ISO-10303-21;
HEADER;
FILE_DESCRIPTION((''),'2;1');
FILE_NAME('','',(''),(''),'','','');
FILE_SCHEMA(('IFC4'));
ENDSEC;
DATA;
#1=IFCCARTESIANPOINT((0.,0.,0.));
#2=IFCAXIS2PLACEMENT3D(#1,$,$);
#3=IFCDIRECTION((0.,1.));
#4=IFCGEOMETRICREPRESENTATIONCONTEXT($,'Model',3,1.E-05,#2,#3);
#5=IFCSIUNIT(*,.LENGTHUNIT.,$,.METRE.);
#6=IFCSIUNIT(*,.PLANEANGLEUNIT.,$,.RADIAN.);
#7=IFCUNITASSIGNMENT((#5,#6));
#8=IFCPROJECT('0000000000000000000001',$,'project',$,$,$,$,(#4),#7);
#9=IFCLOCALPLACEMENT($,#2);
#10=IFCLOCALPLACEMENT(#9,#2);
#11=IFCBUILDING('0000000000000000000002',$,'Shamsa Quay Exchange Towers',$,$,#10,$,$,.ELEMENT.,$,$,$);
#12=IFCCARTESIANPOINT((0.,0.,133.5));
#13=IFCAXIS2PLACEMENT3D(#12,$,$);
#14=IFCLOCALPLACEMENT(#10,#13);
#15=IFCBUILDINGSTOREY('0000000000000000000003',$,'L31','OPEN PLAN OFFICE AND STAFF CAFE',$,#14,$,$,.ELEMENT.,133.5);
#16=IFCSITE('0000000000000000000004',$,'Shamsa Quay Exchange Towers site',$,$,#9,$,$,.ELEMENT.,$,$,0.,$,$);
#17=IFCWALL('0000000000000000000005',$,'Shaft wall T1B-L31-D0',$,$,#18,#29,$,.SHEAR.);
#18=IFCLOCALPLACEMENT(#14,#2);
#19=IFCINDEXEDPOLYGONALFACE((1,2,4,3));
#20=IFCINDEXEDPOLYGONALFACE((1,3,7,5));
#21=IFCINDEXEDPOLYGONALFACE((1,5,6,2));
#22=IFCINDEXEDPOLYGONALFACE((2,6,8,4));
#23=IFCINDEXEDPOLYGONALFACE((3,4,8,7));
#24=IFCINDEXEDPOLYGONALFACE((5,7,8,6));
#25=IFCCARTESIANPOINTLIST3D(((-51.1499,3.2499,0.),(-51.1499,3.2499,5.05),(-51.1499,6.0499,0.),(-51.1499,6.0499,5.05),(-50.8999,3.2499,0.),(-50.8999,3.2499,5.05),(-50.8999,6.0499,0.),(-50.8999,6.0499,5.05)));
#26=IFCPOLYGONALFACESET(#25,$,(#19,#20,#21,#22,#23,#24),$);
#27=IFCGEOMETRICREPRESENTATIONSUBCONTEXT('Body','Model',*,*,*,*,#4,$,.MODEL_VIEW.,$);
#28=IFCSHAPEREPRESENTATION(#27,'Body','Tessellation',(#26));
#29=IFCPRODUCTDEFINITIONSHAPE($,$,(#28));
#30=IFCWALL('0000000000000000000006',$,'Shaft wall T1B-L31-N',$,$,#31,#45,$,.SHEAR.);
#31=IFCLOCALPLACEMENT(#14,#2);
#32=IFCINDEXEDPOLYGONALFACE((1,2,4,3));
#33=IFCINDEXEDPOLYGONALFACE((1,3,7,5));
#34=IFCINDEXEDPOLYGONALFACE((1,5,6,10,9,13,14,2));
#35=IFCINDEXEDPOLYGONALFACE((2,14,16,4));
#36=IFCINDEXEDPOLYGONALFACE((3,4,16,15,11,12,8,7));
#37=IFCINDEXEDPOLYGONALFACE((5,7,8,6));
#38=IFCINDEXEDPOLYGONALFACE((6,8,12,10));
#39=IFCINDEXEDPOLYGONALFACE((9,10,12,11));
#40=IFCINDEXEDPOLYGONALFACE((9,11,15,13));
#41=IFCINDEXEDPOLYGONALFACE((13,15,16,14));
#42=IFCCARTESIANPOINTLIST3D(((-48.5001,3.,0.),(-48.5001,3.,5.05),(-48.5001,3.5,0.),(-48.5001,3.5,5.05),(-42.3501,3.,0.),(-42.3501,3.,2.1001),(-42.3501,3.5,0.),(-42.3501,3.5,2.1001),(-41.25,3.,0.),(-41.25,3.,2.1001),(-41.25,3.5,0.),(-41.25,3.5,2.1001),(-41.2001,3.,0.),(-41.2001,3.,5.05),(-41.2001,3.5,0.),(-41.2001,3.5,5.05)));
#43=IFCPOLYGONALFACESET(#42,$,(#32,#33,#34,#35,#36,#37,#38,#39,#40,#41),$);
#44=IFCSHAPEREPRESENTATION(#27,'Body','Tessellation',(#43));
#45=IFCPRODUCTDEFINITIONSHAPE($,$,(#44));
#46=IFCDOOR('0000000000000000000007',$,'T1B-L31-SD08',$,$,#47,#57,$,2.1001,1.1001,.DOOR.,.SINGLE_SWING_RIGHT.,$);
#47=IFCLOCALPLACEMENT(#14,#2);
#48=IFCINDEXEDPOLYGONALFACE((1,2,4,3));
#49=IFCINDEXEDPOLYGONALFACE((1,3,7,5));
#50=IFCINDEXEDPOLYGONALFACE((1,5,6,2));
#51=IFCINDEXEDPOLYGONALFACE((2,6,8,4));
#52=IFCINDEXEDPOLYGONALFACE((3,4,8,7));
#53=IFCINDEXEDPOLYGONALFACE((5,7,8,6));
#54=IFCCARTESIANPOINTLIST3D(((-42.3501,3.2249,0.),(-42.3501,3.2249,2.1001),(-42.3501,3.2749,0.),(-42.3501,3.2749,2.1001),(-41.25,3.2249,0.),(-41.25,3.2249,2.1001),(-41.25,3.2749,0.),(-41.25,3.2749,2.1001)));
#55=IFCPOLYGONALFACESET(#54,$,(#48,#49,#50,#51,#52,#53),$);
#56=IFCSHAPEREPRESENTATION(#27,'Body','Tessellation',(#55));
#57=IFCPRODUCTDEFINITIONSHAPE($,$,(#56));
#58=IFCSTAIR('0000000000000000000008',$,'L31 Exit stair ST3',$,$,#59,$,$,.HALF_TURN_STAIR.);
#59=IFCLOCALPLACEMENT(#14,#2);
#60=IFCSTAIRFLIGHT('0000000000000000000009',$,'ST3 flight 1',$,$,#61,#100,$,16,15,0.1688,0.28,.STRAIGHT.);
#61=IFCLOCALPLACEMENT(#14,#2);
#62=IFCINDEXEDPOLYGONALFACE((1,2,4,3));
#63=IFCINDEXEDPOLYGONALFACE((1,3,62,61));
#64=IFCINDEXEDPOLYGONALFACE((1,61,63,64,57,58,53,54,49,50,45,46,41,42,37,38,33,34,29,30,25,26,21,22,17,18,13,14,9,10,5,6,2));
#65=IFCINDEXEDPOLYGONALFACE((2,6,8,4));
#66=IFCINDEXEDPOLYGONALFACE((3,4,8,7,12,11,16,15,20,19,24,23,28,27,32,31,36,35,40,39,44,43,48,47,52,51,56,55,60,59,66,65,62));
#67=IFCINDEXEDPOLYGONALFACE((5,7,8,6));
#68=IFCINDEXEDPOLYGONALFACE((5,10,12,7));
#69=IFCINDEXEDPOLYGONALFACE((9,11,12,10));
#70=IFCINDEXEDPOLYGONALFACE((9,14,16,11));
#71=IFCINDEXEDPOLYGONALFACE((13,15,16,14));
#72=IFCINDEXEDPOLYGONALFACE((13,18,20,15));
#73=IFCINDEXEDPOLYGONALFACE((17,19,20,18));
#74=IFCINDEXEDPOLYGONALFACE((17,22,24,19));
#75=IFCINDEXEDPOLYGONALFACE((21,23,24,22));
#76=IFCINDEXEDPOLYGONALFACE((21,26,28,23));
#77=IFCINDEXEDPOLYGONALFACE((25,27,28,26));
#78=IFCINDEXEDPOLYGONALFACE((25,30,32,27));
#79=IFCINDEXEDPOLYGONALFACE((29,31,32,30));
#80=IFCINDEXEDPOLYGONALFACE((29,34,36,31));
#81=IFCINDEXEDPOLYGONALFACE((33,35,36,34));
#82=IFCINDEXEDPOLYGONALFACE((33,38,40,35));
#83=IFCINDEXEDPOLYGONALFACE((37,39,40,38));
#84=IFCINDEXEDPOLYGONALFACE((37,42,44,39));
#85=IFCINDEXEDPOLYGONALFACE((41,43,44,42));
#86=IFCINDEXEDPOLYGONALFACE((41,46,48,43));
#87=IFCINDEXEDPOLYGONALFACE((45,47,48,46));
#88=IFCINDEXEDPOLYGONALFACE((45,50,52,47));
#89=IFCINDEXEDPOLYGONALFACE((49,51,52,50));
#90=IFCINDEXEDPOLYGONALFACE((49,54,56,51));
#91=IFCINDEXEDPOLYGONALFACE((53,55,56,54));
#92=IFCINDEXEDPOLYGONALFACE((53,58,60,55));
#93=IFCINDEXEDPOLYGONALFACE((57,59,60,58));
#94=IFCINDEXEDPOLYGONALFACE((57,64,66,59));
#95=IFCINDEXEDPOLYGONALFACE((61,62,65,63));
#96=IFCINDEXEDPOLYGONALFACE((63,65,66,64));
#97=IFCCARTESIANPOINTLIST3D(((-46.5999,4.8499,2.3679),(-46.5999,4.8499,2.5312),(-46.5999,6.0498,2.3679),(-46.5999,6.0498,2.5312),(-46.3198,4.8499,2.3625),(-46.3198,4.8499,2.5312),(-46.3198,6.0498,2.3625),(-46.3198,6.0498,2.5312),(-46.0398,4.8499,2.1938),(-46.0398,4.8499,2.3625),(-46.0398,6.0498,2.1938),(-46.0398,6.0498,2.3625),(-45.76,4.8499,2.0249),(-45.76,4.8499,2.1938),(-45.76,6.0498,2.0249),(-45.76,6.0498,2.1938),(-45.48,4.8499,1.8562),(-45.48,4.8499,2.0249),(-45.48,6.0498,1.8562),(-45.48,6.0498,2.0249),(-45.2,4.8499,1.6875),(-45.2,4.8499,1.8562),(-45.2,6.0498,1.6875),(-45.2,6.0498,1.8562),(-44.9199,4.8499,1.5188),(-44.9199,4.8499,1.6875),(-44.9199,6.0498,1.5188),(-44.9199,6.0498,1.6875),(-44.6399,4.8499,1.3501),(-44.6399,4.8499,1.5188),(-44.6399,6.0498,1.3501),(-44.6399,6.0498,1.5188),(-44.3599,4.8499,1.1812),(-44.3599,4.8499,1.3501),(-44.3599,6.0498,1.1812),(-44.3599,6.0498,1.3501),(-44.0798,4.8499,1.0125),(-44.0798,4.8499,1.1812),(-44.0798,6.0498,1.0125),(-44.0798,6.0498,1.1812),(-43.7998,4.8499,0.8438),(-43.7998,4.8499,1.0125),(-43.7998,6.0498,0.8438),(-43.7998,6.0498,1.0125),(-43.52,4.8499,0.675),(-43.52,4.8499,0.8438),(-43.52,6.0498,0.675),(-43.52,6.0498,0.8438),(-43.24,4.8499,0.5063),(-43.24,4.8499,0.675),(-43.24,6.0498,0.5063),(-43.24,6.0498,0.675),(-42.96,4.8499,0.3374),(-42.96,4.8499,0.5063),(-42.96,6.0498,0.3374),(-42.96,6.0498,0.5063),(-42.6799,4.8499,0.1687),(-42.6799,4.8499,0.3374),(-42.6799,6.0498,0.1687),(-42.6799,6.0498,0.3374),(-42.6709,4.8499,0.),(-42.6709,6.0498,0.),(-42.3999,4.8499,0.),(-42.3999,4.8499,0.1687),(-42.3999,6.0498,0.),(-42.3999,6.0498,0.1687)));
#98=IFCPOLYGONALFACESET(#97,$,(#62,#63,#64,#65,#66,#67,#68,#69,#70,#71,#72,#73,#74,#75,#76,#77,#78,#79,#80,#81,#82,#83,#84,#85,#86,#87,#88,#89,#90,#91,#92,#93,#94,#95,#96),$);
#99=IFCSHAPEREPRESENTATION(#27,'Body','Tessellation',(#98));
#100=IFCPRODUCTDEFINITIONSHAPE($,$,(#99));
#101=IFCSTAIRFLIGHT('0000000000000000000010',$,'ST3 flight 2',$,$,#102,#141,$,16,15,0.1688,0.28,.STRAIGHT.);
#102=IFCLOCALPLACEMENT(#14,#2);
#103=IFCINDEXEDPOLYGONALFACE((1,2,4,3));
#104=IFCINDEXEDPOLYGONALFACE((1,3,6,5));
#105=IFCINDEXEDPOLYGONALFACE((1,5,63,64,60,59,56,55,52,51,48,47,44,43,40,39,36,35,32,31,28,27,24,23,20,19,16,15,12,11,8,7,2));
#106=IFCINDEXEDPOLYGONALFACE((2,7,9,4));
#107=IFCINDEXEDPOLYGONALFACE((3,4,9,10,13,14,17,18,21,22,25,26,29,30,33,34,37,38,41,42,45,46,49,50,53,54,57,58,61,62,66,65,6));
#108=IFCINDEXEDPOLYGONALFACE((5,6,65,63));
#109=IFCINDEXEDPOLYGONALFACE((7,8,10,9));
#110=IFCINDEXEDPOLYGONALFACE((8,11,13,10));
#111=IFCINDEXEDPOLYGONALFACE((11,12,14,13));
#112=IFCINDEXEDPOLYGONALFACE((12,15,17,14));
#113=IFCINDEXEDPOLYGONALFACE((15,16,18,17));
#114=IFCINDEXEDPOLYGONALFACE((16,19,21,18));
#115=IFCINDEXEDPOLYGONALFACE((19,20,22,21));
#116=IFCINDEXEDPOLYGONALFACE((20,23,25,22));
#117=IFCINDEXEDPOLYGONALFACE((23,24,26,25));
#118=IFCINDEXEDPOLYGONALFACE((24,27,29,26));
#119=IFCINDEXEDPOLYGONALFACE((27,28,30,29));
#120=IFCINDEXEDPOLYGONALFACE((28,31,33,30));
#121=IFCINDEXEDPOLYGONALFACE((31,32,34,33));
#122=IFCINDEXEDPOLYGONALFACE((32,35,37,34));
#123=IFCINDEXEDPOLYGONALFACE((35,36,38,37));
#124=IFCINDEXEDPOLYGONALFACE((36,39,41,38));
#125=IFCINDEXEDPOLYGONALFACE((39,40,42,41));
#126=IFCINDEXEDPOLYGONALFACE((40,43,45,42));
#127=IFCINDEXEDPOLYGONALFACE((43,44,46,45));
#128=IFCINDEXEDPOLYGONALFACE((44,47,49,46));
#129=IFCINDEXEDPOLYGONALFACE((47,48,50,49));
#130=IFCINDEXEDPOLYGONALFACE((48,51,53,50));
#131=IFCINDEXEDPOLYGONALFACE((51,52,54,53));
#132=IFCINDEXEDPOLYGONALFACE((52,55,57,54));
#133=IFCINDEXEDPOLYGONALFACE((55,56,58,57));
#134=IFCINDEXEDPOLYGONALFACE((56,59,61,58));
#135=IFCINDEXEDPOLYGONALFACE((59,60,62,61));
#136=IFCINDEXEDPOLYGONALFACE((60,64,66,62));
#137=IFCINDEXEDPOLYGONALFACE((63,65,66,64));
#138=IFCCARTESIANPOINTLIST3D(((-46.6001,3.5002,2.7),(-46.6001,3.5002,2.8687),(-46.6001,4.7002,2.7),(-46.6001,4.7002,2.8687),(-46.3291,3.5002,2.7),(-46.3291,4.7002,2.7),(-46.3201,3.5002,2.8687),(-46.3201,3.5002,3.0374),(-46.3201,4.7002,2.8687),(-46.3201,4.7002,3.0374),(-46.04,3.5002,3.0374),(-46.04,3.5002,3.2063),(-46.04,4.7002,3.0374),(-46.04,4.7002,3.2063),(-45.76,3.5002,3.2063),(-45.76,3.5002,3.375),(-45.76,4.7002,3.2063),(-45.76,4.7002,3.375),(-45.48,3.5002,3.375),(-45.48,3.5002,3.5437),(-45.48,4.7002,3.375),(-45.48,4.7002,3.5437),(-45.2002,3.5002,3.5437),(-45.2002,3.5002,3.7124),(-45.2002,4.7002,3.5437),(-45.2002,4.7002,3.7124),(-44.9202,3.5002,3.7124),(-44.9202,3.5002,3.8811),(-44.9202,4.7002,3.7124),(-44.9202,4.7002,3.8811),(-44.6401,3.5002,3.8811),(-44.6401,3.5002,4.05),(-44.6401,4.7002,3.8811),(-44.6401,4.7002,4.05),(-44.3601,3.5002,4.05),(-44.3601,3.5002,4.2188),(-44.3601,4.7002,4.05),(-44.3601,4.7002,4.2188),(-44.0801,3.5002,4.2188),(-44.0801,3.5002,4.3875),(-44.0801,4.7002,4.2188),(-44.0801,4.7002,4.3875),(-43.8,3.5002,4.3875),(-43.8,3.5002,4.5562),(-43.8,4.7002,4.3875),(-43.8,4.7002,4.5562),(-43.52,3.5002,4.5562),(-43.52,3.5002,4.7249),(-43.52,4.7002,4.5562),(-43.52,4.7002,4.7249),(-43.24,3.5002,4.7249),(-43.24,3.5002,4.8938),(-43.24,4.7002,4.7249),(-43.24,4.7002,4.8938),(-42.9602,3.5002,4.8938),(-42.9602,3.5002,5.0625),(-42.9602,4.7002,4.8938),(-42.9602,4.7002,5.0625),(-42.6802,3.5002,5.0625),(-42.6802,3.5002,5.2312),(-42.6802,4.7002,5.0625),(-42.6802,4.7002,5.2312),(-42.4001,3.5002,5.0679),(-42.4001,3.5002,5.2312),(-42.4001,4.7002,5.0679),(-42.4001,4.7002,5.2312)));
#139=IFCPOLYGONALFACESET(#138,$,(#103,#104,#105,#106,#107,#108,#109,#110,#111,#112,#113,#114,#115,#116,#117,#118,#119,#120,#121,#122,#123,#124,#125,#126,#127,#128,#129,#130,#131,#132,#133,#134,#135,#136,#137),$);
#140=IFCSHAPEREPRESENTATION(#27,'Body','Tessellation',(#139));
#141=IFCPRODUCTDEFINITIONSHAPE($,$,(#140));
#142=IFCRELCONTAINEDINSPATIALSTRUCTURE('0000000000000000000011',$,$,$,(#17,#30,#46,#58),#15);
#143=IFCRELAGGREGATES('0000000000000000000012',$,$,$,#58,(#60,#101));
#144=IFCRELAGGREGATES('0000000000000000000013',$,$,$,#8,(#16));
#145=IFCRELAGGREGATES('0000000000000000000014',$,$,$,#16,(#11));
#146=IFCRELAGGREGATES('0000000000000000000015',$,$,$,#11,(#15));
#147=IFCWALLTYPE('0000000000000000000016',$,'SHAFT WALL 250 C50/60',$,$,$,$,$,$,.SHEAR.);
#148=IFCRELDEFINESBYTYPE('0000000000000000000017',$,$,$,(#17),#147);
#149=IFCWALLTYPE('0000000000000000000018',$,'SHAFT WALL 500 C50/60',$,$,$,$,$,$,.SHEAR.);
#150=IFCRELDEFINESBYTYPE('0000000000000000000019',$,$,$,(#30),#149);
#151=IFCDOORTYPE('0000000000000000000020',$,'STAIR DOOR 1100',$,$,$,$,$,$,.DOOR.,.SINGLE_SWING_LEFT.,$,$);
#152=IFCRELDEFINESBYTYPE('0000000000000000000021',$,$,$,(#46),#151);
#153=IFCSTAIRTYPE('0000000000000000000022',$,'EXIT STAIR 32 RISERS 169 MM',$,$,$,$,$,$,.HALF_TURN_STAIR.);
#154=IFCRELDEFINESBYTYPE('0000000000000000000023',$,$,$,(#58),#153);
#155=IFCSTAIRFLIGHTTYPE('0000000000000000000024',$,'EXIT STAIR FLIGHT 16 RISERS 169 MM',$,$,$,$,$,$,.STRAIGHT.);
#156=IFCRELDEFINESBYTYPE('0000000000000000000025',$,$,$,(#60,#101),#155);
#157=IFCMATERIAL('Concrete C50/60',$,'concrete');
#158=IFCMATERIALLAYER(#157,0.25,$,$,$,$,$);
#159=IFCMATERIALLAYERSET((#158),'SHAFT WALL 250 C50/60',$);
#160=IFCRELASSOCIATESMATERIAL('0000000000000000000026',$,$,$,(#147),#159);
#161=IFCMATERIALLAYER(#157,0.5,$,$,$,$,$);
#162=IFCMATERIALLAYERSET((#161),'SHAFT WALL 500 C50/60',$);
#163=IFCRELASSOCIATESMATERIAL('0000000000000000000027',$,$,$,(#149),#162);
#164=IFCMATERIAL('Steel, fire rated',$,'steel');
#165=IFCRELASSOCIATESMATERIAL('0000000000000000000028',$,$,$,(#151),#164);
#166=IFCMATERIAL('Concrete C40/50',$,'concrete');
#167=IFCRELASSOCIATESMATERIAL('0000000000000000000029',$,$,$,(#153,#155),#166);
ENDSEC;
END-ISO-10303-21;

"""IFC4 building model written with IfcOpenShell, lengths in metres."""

from ifc_helpers import new_model, si_unit, direction, frame, frame_2d, origin, place, context, subcontext, project, spatial, polyline, rectangle, outline, extrude, material, layer, layer_set, type_object, element, fill, aggregate, save


model = new_model("IFC4")

# Units and contexts
model_context = context("Model", 3, precision=1e-05, world=origin(), true_north=direction((0.0, 1.0)))
body_context = subcontext(model_context, "Body", "Model", "MODEL_VIEW")
ifc_project = project(units=[si_unit("LENGTHUNIT", "METRE"), si_unit("PLANEANGLEUNIT", "RADIAN")], contexts=[model_context])

# Site, building, storey
site_placement = place(None, origin())
site = spatial("IfcSite", under=ifc_project, at=site_placement, Name="Shamsa Quay Exchange Towers site", CompositionType="ELEMENT", RefElevation=0.0)
building_placement = place(site_placement, origin())
building = spatial("IfcBuilding", under=site, at=building_placement, Name="Shamsa Quay Exchange Towers", CompositionType="ELEMENT")
storey_placement = place(building_placement, frame((0.0, 0.0, 133.5)))
storey = spatial("IfcBuildingStorey", under=building, at=storey_placement, Name="L31", Description="OPEN PLAN OFFICE AND STAFF CAFE", CompositionType="ELEMENT", Elevation=133.5)

# Shared definitions
ifc_material_1 = material(Name="Concrete C50/60", Category="concrete")
ifc_layer_1 = layer(ifc_material_1, 0.25)
ifc_layer_set_1 = layer_set([ifc_layer_1], Name="SHAFT WALL 250 C50/60")
wall_type_1 = type_object("IfcWallType", Name="SHAFT WALL 250 C50/60", PredefinedType="SHEAR", material=ifc_layer_set_1)
ifc_material_2 = material(Name="Steel, fire rated", Category="steel")

# Wall
for number, where, z_axis, x_axis, name in (
    (1, (-51.0249, 3.25, 0.0), (0.0, 0.0, 1.0), (0.0, 1.0, 0.0), "Shaft wall T1B-L31-D0"),
):
    element("IfcWall", number, at=place(storey_placement, frame(where, z_axis=z_axis, x_axis=x_axis)), inside=storey, type_object=wall_type_1, Name=name, PredefinedType="SHEAR", context=body_context, shape_type="SweptSolid", body=[
        extrude(rectangle(XDim=2.8, YDim=0.25, at=frame_2d((1.3999, 0.0))), origin(), (0.0, 0.0, 1.0), 5.05),
    ])

# Wall, opening, door
ifc_layer_2 = layer(ifc_material_1, 0.5)
ifc_layer_set_2 = layer_set([ifc_layer_2], Name="SHAFT WALL 500 C50/60")
wall_type_2 = type_object("IfcWallType", Name="SHAFT WALL 500 C50/60", PredefinedType="SHEAR", material=ifc_layer_set_2)
wall_1_placement = place(storey_placement, frame((-48.5, 3.25, 0.0)))
wall_1 = element("IfcWall", 2, at=wall_1_placement, inside=storey, type_object=wall_type_2, Name="Shaft wall T1B-L31-N", PredefinedType="SHEAR", context=body_context, shape_type="SweptSolid", body=[
    extrude(rectangle(XDim=7.3, YDim=0.5, at=frame_2d((3.6499, 0.0))), origin(), (0.0, 0.0, 1.0), 5.05),
])
opening_1_placement = place(wall_1_placement, frame((6.1499, 0.0, 0.0)))
opening_1 = element("IfcOpeningElement", 3, at=opening_1_placement, cuts=wall_1, PredefinedType="OPENING", context=body_context, shape_type="SweptSolid", body=[
    extrude(rectangle(XDim=1.1001, YDim=2.1001, at=frame_2d((0.55, 1.05))), frame((0.0, 0.26, 0.0), z_axis=(0.0, -1.0, 0.0), x_axis=(1.0, 0.0, 0.0)), (0.0, 0.0, 1.0), 0.52),
])
door_type_1 = type_object("IfcDoorType", Name="STAIR DOOR 1100", OperationType="SINGLE_SWING_LEFT", PredefinedType="DOOR", material=ifc_material_2)
door_1_placement = place(opening_1_placement, origin())
door_1 = element("IfcDoor", 4, at=door_1_placement, inside=storey, type_object=door_type_1, Name="T1B-L31-SD08", OperationType="SINGLE_SWING_RIGHT", OverallHeight=2.1001, OverallWidth=1.1001, PredefinedType="DOOR", context=body_context, shape_type="SweptSolid", body=[
    extrude(rectangle(XDim=1.1001, YDim=2.1001, at=frame_2d((0.55, 1.05))), frame((0.0, 0.0249, 0.0), z_axis=(0.0, -1.0, 0.0), x_axis=(1.0, 0.0, 0.0)), (0.0, 0.0, 1.0), 0.05),
])
fill(opening_1, door_1)

# Stair, stair flights
ifc_material_3 = material(Name="Concrete C40/50", Category="concrete")
stair_type = type_object("IfcStairType", Name="EXIT STAIR 32 RISERS 169 MM", PredefinedType="HALF_TURN_STAIR", material=ifc_material_3)
stair_placement = place(storey_placement, origin())
stair = element("IfcStair", 5, at=stair_placement, inside=storey, type_object=stair_type, Name="L31 Exit stair ST3", PredefinedType="HALF_TURN_STAIR")
stair_flight_type = type_object("IfcStairFlightType", Name="EXIT STAIR FLIGHT 16 RISERS 169 MM", PredefinedType="STRAIGHT", material=ifc_material_3)
stair_flight_1_placement = place(storey_placement, frame((-42.3999, 5.45, 0.0), z_axis=(0.0, 0.0, 1.0), x_axis=(-1.0, 0.0, 0.0)))
stair_flight_1 = element("IfcStairFlight", 6, at=stair_flight_1_placement, type_object=stair_flight_type, Name="ST3 flight 1", NumberOfRisers=16, NumberOfTreads=15, PredefinedType="STRAIGHT", RiserHeight=0.1688, TreadLength=0.28, context=body_context, shape_type="SweptSolid", body=[
    extrude(outline(polyline([(0.0, 0.0), (0.0, 0.1687), (0.28, 0.1687), (0.28, 0.3374), (0.5601, 0.3374), (0.5601, 0.5063), (0.8401, 0.5063), (0.8401, 0.675), (1.1201, 0.675), (1.1201, 0.8438), (1.3999, 0.8438), (1.3999, 1.0125), (1.6799, 1.0125), (1.6799, 1.1812), (1.96, 1.1812), (1.96, 1.3501), (2.24, 1.3501), (2.24, 1.5188), (2.52, 1.5188), (2.52, 1.6875), (2.8, 1.6875), (2.8, 1.8562), (3.0801, 1.8562), (3.0801, 2.0249), (3.3601, 2.0249), (3.3601, 2.1938), (3.6399, 2.1938), (3.6399, 2.3625), (3.9199, 2.3625), (3.9199, 2.5312), (4.2, 2.5312), (4.2, 2.7), (4.2, 2.3679), (0.271, 0.0), (0.0, 0.0)])), frame((0.0, 0.6001, 0.0), z_axis=(0.0, -1.0, 0.0), x_axis=(1.0, 0.0, 0.0)), (0.0, 0.0, 1.0), 1.2),
])
stair_flight_2_placement = place(storey_placement, frame((-46.6001, 4.1001, 2.7)))
stair_flight_2 = element("IfcStairFlight", 7, at=stair_flight_2_placement, type_object=stair_flight_type, Name="ST3 flight 2", NumberOfRisers=16, NumberOfTreads=15, PredefinedType="STRAIGHT", RiserHeight=0.1688, TreadLength=0.28, context=body_context, shape_type="SweptSolid", body=[
    extrude(outline(polyline([(0.0, 0.0), (0.0, 0.1687), (0.28, 0.1687), (0.28, 0.3374), (0.5601, 0.3374), (0.5601, 0.5063), (0.8401, 0.5063), (0.8401, 0.675), (1.1201, 0.675), (1.1201, 0.8438), (1.3999, 0.8438), (1.3999, 1.0125), (1.6799, 1.0125), (1.6799, 1.1812), (1.96, 1.1812), (1.96, 1.3501), (2.24, 1.3501), (2.24, 1.5188), (2.52, 1.5188), (2.52, 1.6875), (2.8, 1.6875), (2.8, 1.8562), (3.0801, 1.8562), (3.0801, 2.0249), (3.3601, 2.0249), (3.3601, 2.1938), (3.6399, 2.1938), (3.6399, 2.3625), (3.9199, 2.3625), (3.9199, 2.5312), (4.2, 2.5312), (4.2, 2.7), (4.2, 2.3679), (0.271, 0.0), (0.0, 0.0)])), frame((0.0, 0.6001, 0.0), z_axis=(0.0, -1.0, 0.0), x_axis=(1.0, 0.0, 0.0)), (0.0, 0.0, 1.0), 1.2),
])
aggregate(stair, [stair_flight_1, stair_flight_2])

save(model, "model.ifc")
